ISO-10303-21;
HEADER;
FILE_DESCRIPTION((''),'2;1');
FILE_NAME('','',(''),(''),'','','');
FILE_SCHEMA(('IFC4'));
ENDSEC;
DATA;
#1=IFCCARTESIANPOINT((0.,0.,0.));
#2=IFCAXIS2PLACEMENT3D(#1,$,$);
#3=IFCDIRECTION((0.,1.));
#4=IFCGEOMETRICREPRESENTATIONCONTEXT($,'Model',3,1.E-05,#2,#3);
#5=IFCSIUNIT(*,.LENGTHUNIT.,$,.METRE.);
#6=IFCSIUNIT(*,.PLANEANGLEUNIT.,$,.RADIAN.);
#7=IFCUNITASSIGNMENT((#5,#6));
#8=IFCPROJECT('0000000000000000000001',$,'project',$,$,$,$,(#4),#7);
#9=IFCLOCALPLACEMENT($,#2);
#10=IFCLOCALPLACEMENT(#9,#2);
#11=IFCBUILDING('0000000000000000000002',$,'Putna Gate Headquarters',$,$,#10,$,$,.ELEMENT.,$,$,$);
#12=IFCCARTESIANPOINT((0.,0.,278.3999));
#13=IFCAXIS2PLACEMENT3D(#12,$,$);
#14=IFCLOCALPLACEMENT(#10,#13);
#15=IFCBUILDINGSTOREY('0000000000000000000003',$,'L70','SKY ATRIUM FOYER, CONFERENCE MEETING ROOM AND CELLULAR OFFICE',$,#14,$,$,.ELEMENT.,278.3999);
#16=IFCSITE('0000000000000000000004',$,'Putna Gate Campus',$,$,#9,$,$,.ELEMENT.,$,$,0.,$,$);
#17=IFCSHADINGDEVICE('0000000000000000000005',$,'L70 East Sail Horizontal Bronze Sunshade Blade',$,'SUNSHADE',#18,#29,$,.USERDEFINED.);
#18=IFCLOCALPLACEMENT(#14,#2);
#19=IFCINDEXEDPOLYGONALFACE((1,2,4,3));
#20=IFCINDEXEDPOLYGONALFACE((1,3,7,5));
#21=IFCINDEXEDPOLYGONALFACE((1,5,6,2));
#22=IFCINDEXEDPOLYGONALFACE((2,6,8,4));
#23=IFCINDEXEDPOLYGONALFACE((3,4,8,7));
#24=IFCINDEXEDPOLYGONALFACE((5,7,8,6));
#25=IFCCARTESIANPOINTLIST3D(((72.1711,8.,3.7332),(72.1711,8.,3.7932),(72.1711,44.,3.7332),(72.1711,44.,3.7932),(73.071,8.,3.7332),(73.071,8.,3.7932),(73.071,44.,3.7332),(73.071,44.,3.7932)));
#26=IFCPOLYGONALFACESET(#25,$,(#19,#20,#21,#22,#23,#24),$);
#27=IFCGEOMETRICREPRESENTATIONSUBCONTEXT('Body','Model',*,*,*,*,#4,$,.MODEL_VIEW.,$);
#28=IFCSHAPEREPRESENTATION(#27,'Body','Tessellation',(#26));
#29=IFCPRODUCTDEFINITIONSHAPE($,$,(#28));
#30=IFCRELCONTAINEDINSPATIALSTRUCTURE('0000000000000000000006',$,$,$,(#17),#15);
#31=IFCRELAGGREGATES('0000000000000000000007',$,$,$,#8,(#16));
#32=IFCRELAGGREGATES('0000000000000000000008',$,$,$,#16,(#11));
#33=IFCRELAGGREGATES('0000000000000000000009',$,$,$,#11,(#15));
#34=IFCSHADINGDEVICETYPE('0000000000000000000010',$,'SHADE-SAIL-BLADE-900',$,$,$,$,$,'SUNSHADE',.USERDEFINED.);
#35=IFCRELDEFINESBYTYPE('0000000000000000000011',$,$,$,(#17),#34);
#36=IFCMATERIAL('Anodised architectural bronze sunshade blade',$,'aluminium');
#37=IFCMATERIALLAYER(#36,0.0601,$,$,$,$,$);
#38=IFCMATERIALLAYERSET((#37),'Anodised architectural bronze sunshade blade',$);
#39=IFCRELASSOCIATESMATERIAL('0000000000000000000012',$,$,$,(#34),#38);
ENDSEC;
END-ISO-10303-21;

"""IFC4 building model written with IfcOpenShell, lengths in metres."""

from ifc_helpers import new_model, si_unit, direction, frame, origin, place, context, subcontext, project, spatial, polyline, outline, extrude, material, layer, layer_set, type_object, element, save


model = new_model("IFC4")

# Units and contexts
model_context = context("Model", 3, precision=1e-05, world=origin(), true_north=direction((0.0, 1.0)))
body_context = subcontext(model_context, "Body", "Model", "MODEL_VIEW")
ifc_project = project(units=[si_unit("LENGTHUNIT", "METRE"), si_unit("PLANEANGLEUNIT", "RADIAN")], contexts=[model_context])

# Site, building, storey
site_placement = place(None, origin())
site = spatial("IfcSite", under=ifc_project, at=site_placement, Name="Putna Gate Campus", CompositionType="ELEMENT", RefElevation=0.0)
building_placement = place(site_placement, origin())
building = spatial("IfcBuilding", under=site, at=building_placement, Name="Putna Gate Headquarters", CompositionType="ELEMENT")
storey_placement = place(building_placement, frame((0.0, 0.0, 278.3999)))
storey = spatial("IfcBuildingStorey", under=building, at=storey_placement, Name="L70", Description="SKY ATRIUM FOYER, CONFERENCE MEETING ROOM AND CELLULAR OFFICE", CompositionType="ELEMENT", Elevation=278.3999)

# Shading device
ifc_material_1 = material(Name="Anodised architectural bronze sunshade blade", Category="aluminium")
ifc_layer_1 = layer(ifc_material_1, 0.0601)
ifc_layer_set_1 = layer_set([ifc_layer_1], Name="Anodised architectural bronze sunshade blade")
shading_device_type_1 = type_object("IfcShadingDeviceType", Name="SHADE-SAIL-BLADE-900", ElementType="SUNSHADE", PredefinedType="USERDEFINED", material=ifc_layer_set_1)
shading_device_placement = place(storey_placement, frame((0.0, 0.0, 3.7332)))
element("IfcShadingDevice", 1, at=shading_device_placement, inside=storey, type_object=shading_device_type_1, Name="L70 East Sail Horizontal Bronze Sunshade Blade", ObjectType="SUNSHADE", PredefinedType="USERDEFINED", context=body_context, shape_type="SweptSolid", body=[
    extrude(outline(polyline([(72.1711, 8.0), (73.071, 8.0), (73.071, 44.0), (72.1711, 44.0), (72.1711, 8.0)])), origin(), (0.0, 0.0, 1.0), 0.0601),
])

save(model, "model.ifc")
